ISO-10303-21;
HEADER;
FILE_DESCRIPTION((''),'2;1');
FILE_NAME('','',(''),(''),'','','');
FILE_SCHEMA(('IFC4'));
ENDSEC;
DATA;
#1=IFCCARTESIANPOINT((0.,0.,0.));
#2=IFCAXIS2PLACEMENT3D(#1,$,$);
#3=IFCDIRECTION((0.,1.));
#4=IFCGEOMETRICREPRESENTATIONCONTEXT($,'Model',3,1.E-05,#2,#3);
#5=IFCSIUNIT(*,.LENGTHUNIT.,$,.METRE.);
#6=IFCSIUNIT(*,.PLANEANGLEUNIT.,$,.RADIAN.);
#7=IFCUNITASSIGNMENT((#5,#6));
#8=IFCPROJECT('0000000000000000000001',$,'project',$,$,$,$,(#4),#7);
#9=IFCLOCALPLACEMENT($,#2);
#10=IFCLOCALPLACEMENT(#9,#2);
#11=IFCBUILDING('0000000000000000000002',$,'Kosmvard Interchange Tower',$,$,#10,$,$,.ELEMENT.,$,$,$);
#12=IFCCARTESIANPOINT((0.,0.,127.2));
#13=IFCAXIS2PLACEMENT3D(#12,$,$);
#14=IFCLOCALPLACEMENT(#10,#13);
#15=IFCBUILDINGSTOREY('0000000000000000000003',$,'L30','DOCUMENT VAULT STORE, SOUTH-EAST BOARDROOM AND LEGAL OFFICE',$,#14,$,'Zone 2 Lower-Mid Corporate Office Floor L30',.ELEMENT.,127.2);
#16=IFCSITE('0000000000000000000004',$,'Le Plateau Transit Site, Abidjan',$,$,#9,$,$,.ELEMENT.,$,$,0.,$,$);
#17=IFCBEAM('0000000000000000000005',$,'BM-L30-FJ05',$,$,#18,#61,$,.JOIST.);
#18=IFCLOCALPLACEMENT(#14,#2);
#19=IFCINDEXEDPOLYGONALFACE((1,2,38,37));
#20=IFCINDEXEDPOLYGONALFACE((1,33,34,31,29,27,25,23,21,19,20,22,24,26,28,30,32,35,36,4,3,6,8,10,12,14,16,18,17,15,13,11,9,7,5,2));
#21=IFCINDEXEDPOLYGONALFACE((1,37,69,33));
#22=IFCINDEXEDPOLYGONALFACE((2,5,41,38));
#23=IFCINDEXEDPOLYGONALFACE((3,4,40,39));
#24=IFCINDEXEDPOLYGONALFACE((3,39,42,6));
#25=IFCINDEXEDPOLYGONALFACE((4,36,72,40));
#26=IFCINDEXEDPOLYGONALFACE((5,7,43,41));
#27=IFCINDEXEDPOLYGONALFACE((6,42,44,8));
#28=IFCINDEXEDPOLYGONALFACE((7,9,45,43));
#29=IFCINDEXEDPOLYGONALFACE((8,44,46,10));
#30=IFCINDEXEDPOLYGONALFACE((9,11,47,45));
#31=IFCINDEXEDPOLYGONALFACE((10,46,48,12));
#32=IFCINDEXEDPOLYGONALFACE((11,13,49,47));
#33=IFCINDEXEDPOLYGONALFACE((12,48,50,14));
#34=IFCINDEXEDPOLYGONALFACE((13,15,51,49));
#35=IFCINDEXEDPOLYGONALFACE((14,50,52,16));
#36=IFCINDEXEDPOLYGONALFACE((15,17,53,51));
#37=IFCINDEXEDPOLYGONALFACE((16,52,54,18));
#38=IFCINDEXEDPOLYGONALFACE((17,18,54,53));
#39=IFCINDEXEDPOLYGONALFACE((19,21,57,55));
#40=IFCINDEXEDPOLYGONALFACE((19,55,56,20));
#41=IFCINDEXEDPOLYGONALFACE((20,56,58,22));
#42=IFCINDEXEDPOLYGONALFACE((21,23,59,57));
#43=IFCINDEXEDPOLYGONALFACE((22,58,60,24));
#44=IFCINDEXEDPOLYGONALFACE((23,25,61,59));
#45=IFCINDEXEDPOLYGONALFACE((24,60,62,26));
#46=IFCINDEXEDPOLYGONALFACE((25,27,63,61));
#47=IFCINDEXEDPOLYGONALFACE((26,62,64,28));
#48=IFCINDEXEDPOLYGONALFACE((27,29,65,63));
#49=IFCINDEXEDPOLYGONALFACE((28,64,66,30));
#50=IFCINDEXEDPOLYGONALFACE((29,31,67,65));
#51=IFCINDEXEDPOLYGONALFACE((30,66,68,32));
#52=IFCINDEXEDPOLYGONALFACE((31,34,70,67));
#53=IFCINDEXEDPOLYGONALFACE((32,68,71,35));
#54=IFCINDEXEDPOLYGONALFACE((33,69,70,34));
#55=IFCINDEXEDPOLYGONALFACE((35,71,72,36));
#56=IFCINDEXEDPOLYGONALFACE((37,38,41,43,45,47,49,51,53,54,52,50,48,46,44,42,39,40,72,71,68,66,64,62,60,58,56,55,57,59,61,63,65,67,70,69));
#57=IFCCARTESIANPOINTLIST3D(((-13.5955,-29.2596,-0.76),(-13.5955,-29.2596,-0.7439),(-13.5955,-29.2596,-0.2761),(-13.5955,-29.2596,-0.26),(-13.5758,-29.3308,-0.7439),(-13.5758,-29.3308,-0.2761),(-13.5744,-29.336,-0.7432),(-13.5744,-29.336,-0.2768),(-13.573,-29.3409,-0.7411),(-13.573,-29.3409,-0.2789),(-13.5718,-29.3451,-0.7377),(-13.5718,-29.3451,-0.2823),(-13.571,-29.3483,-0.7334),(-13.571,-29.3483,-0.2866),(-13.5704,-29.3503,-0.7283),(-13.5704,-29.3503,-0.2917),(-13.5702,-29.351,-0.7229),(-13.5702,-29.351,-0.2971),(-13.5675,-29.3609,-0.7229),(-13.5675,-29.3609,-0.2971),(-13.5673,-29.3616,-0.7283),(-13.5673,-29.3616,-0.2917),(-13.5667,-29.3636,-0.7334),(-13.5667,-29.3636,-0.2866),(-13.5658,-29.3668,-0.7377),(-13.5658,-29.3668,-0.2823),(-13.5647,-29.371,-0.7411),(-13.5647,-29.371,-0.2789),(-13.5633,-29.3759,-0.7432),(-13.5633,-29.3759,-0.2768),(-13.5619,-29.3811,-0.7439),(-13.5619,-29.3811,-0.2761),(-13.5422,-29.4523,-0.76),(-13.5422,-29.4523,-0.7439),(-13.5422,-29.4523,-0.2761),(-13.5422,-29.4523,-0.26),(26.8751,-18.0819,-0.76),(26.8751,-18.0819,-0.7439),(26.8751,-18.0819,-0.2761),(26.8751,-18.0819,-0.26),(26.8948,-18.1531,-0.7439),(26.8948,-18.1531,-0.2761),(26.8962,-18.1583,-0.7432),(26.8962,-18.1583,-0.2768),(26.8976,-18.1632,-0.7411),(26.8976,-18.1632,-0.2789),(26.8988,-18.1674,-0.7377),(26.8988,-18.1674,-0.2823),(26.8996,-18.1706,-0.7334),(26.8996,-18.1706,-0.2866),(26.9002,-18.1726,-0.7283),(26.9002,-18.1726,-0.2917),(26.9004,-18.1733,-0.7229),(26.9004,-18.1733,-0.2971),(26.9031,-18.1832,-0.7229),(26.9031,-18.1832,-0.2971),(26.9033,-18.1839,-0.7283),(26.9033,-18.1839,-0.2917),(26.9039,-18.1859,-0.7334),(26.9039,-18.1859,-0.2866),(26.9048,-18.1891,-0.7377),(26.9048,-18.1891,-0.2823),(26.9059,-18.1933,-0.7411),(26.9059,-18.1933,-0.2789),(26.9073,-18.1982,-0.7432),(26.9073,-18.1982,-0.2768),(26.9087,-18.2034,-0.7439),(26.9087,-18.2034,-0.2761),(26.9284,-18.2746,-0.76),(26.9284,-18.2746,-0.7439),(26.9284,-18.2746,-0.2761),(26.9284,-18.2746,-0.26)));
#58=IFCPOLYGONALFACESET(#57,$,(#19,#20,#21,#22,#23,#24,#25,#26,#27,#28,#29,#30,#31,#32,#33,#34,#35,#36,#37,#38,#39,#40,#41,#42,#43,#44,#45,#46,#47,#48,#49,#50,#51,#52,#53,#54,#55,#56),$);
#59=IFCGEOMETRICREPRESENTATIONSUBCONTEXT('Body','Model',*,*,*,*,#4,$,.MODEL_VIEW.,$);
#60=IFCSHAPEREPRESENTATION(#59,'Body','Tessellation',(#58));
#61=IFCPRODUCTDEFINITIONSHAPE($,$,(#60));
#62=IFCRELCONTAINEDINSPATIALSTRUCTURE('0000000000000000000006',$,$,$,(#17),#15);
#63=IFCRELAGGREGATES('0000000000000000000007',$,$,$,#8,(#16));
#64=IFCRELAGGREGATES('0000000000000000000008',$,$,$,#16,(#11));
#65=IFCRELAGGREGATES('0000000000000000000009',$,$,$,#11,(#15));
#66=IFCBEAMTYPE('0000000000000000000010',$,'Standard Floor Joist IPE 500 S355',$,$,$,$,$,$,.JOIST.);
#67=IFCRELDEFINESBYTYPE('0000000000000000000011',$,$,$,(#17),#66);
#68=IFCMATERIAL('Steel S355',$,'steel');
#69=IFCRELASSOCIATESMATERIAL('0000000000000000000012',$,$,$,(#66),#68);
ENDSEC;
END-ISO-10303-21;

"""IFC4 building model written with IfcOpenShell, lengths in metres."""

from ifc_helpers import new_model, si_unit, direction, frame, origin, origin_2d, place, context, subcontext, project, spatial, i_section, extrude, source, transform, mapped, material, material_profile, profile_set, type_object, element, save


model = new_model("IFC4")

# Units and contexts
model_context = context("Model", 3, precision=1e-05, world=origin(), true_north=direction((0.0, 1.0)))
body_context = subcontext(model_context, "Body", "Model", "MODEL_VIEW")
ifc_project = project(units=[si_unit("LENGTHUNIT", "METRE"), si_unit("PLANEANGLEUNIT", "RADIAN")], contexts=[model_context])

# Site, building, storey
site_placement = place(None, origin())
site = spatial("IfcSite", under=ifc_project, at=site_placement, Name="Le Plateau Transit Site, Abidjan", CompositionType="ELEMENT", RefElevation=0.0)
building_placement = place(site_placement, origin())
building = spatial("IfcBuilding", under=site, at=building_placement, Name="Kosmvard Interchange Tower", CompositionType="ELEMENT")
storey_placement = place(building_placement, frame((0.0, 0.0, 127.2)))
storey = spatial("IfcBuildingStorey", under=building, at=storey_placement, Name="L30", Description="DOCUMENT VAULT STORE, SOUTH-EAST BOARDROOM AND LEGAL OFFICE", LongName="Zone 2 Lower-Mid Corporate Office Floor L30", CompositionType="ELEMENT", Elevation=127.2)

# Beam
ifc_material_1 = material(Name="Steel S355", Category="steel")
ifc_material_profile_1 = material_profile(ifc_material_1, i_section(OverallWidth=0.2, OverallDepth=0.5, WebThickness=0.0103, FlangeThickness=0.0161, FilletRadius=0.021, at=origin_2d()), Name="IPE 500")
ifc_profile_set_1 = profile_set([ifc_material_profile_1], Name="Steel S355")
beam_type_1 = type_object("IfcBeamType", Name="Standard Floor Joist IPE 500 S355", PredefinedType="JOIST", material=ifc_profile_set_1)
shared_shape_1 = source(origin(), body_context, "Body", "SweptSolid", [
    extrude(i_section(OverallWidth=0.2, OverallDepth=0.5, WebThickness=0.0103, FlangeThickness=0.0161, FilletRadius=0.021, at=origin_2d()), origin(), (0.0, 0.0, 1.0), 41.9858),
])
beam_1_placement = place(storey_placement, frame((-13.5688, -29.356, -0.51), z_axis=(0.963911, 0.266226, 0.0), x_axis=(-0.266226, 0.963911, 0.0)))
element("IfcBeam", 1, at=beam_1_placement, inside=storey, type_object=beam_type_1, Name="BM-L30-FJ05", PredefinedType="JOIST", context=body_context, shape_type="MappedRepresentation", body=[
    mapped(shared_shape_1, transform((0.0, 0.0, 0.0), scale=1.0)),
])

save(model, "model.ifc")
